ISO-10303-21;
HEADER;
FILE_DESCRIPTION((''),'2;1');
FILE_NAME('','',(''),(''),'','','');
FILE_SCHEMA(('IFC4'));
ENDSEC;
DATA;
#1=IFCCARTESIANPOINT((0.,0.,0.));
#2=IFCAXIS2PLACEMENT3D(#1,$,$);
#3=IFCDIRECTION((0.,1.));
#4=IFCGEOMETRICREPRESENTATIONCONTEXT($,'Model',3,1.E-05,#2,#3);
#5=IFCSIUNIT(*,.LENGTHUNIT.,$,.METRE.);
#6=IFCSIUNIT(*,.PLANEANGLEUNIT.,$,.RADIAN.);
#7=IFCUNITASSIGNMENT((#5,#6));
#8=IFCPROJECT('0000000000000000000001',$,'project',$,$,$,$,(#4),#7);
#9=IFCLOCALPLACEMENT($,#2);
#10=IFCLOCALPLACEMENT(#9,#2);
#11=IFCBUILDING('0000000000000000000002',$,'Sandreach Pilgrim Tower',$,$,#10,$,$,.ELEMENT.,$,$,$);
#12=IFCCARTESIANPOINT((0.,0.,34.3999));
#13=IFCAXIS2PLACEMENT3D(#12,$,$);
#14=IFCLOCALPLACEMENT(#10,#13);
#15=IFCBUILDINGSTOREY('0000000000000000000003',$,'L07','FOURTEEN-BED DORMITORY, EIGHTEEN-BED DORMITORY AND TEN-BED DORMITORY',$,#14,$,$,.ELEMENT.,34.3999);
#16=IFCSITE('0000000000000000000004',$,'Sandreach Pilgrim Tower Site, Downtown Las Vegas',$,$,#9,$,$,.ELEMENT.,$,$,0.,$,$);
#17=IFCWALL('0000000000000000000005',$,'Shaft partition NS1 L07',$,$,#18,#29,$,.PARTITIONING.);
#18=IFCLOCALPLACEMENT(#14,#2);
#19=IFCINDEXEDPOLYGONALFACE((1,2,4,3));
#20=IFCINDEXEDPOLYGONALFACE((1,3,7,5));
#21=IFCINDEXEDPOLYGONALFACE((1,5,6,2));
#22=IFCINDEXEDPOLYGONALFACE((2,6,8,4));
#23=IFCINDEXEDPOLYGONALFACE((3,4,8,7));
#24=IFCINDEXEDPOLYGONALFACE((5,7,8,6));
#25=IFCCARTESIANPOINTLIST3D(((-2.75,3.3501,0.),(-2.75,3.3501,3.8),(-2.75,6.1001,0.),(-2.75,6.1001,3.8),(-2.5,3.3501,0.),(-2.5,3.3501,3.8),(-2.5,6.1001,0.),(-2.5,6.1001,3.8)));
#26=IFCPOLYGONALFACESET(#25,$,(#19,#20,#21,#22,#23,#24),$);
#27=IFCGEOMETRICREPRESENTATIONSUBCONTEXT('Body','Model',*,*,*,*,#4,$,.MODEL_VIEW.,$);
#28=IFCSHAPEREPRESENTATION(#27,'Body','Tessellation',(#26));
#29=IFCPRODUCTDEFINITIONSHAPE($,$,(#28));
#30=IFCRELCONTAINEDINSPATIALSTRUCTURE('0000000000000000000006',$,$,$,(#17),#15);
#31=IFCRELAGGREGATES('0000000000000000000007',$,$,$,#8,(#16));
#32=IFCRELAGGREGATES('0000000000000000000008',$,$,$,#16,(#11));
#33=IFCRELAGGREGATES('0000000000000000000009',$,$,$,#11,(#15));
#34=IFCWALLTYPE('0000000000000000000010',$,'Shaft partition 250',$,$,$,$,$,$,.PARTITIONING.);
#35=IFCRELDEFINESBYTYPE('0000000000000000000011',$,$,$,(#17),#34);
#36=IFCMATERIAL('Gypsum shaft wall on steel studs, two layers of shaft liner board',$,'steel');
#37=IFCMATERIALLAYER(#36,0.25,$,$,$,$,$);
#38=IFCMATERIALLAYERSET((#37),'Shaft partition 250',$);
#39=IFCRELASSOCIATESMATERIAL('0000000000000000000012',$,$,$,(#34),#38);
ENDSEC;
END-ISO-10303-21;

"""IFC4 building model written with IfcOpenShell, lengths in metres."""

from ifc_helpers import new_model, si_unit, direction, frame, frame_2d, origin, place, context, subcontext, project, spatial, rectangle, extrude, material, layer, layer_set, type_object, element, save


model = new_model("IFC4")

# Units and contexts
model_context = context("Model", 3, precision=1e-05, world=origin(), true_north=direction((0.0, 1.0)))
body_context = subcontext(model_context, "Body", "Model", "MODEL_VIEW")
ifc_project = project(units=[si_unit("LENGTHUNIT", "METRE"), si_unit("PLANEANGLEUNIT", "RADIAN")], contexts=[model_context])

# Site, building, storey
site_placement = place(None, origin())
site = spatial("IfcSite", under=ifc_project, at=site_placement, Name="Sandreach Pilgrim Tower Site, Downtown Las Vegas", CompositionType="ELEMENT", RefElevation=0.0)
building_placement = place(site_placement, origin())
building = spatial("IfcBuilding", under=site, at=building_placement, Name="Sandreach Pilgrim Tower", CompositionType="ELEMENT")
storey_placement = place(building_placement, frame((0.0, 0.0, 34.3999)))
storey = spatial("IfcBuildingStorey", under=building, at=storey_placement, Name="L07", Description="FOURTEEN-BED DORMITORY, EIGHTEEN-BED DORMITORY AND TEN-BED DORMITORY", CompositionType="ELEMENT", Elevation=34.3999)

# Wall
ifc_material_1 = material(Name="Gypsum shaft wall on steel studs, two layers of shaft liner board", Category="steel")
ifc_layer_1 = layer(ifc_material_1, 0.25)
ifc_layer_set_1 = layer_set([ifc_layer_1], Name="Shaft partition 250")
wall_type_1 = type_object("IfcWallType", Name="Shaft partition 250", PredefinedType="PARTITIONING", material=ifc_layer_set_1)
for number, where, z_axis, x_axis, name in (
    (1, (-2.625, 3.3501, 0.0), (0.0, 0.0, 1.0), (0.0, 1.0, 0.0), "Shaft partition NS1 L07"),
):
    element("IfcWall", number, at=place(storey_placement, frame(where, z_axis=z_axis, x_axis=x_axis)), inside=storey, type_object=wall_type_1, Name=name, PredefinedType="PARTITIONING", context=body_context, shape_type="SweptSolid", body=[
        extrude(rectangle(XDim=2.75, YDim=0.25, at=frame_2d((1.375, 0.0))), origin(), (0.0, 0.0, 1.0), 3.8),
    ])

save(model, "model.ifc")
